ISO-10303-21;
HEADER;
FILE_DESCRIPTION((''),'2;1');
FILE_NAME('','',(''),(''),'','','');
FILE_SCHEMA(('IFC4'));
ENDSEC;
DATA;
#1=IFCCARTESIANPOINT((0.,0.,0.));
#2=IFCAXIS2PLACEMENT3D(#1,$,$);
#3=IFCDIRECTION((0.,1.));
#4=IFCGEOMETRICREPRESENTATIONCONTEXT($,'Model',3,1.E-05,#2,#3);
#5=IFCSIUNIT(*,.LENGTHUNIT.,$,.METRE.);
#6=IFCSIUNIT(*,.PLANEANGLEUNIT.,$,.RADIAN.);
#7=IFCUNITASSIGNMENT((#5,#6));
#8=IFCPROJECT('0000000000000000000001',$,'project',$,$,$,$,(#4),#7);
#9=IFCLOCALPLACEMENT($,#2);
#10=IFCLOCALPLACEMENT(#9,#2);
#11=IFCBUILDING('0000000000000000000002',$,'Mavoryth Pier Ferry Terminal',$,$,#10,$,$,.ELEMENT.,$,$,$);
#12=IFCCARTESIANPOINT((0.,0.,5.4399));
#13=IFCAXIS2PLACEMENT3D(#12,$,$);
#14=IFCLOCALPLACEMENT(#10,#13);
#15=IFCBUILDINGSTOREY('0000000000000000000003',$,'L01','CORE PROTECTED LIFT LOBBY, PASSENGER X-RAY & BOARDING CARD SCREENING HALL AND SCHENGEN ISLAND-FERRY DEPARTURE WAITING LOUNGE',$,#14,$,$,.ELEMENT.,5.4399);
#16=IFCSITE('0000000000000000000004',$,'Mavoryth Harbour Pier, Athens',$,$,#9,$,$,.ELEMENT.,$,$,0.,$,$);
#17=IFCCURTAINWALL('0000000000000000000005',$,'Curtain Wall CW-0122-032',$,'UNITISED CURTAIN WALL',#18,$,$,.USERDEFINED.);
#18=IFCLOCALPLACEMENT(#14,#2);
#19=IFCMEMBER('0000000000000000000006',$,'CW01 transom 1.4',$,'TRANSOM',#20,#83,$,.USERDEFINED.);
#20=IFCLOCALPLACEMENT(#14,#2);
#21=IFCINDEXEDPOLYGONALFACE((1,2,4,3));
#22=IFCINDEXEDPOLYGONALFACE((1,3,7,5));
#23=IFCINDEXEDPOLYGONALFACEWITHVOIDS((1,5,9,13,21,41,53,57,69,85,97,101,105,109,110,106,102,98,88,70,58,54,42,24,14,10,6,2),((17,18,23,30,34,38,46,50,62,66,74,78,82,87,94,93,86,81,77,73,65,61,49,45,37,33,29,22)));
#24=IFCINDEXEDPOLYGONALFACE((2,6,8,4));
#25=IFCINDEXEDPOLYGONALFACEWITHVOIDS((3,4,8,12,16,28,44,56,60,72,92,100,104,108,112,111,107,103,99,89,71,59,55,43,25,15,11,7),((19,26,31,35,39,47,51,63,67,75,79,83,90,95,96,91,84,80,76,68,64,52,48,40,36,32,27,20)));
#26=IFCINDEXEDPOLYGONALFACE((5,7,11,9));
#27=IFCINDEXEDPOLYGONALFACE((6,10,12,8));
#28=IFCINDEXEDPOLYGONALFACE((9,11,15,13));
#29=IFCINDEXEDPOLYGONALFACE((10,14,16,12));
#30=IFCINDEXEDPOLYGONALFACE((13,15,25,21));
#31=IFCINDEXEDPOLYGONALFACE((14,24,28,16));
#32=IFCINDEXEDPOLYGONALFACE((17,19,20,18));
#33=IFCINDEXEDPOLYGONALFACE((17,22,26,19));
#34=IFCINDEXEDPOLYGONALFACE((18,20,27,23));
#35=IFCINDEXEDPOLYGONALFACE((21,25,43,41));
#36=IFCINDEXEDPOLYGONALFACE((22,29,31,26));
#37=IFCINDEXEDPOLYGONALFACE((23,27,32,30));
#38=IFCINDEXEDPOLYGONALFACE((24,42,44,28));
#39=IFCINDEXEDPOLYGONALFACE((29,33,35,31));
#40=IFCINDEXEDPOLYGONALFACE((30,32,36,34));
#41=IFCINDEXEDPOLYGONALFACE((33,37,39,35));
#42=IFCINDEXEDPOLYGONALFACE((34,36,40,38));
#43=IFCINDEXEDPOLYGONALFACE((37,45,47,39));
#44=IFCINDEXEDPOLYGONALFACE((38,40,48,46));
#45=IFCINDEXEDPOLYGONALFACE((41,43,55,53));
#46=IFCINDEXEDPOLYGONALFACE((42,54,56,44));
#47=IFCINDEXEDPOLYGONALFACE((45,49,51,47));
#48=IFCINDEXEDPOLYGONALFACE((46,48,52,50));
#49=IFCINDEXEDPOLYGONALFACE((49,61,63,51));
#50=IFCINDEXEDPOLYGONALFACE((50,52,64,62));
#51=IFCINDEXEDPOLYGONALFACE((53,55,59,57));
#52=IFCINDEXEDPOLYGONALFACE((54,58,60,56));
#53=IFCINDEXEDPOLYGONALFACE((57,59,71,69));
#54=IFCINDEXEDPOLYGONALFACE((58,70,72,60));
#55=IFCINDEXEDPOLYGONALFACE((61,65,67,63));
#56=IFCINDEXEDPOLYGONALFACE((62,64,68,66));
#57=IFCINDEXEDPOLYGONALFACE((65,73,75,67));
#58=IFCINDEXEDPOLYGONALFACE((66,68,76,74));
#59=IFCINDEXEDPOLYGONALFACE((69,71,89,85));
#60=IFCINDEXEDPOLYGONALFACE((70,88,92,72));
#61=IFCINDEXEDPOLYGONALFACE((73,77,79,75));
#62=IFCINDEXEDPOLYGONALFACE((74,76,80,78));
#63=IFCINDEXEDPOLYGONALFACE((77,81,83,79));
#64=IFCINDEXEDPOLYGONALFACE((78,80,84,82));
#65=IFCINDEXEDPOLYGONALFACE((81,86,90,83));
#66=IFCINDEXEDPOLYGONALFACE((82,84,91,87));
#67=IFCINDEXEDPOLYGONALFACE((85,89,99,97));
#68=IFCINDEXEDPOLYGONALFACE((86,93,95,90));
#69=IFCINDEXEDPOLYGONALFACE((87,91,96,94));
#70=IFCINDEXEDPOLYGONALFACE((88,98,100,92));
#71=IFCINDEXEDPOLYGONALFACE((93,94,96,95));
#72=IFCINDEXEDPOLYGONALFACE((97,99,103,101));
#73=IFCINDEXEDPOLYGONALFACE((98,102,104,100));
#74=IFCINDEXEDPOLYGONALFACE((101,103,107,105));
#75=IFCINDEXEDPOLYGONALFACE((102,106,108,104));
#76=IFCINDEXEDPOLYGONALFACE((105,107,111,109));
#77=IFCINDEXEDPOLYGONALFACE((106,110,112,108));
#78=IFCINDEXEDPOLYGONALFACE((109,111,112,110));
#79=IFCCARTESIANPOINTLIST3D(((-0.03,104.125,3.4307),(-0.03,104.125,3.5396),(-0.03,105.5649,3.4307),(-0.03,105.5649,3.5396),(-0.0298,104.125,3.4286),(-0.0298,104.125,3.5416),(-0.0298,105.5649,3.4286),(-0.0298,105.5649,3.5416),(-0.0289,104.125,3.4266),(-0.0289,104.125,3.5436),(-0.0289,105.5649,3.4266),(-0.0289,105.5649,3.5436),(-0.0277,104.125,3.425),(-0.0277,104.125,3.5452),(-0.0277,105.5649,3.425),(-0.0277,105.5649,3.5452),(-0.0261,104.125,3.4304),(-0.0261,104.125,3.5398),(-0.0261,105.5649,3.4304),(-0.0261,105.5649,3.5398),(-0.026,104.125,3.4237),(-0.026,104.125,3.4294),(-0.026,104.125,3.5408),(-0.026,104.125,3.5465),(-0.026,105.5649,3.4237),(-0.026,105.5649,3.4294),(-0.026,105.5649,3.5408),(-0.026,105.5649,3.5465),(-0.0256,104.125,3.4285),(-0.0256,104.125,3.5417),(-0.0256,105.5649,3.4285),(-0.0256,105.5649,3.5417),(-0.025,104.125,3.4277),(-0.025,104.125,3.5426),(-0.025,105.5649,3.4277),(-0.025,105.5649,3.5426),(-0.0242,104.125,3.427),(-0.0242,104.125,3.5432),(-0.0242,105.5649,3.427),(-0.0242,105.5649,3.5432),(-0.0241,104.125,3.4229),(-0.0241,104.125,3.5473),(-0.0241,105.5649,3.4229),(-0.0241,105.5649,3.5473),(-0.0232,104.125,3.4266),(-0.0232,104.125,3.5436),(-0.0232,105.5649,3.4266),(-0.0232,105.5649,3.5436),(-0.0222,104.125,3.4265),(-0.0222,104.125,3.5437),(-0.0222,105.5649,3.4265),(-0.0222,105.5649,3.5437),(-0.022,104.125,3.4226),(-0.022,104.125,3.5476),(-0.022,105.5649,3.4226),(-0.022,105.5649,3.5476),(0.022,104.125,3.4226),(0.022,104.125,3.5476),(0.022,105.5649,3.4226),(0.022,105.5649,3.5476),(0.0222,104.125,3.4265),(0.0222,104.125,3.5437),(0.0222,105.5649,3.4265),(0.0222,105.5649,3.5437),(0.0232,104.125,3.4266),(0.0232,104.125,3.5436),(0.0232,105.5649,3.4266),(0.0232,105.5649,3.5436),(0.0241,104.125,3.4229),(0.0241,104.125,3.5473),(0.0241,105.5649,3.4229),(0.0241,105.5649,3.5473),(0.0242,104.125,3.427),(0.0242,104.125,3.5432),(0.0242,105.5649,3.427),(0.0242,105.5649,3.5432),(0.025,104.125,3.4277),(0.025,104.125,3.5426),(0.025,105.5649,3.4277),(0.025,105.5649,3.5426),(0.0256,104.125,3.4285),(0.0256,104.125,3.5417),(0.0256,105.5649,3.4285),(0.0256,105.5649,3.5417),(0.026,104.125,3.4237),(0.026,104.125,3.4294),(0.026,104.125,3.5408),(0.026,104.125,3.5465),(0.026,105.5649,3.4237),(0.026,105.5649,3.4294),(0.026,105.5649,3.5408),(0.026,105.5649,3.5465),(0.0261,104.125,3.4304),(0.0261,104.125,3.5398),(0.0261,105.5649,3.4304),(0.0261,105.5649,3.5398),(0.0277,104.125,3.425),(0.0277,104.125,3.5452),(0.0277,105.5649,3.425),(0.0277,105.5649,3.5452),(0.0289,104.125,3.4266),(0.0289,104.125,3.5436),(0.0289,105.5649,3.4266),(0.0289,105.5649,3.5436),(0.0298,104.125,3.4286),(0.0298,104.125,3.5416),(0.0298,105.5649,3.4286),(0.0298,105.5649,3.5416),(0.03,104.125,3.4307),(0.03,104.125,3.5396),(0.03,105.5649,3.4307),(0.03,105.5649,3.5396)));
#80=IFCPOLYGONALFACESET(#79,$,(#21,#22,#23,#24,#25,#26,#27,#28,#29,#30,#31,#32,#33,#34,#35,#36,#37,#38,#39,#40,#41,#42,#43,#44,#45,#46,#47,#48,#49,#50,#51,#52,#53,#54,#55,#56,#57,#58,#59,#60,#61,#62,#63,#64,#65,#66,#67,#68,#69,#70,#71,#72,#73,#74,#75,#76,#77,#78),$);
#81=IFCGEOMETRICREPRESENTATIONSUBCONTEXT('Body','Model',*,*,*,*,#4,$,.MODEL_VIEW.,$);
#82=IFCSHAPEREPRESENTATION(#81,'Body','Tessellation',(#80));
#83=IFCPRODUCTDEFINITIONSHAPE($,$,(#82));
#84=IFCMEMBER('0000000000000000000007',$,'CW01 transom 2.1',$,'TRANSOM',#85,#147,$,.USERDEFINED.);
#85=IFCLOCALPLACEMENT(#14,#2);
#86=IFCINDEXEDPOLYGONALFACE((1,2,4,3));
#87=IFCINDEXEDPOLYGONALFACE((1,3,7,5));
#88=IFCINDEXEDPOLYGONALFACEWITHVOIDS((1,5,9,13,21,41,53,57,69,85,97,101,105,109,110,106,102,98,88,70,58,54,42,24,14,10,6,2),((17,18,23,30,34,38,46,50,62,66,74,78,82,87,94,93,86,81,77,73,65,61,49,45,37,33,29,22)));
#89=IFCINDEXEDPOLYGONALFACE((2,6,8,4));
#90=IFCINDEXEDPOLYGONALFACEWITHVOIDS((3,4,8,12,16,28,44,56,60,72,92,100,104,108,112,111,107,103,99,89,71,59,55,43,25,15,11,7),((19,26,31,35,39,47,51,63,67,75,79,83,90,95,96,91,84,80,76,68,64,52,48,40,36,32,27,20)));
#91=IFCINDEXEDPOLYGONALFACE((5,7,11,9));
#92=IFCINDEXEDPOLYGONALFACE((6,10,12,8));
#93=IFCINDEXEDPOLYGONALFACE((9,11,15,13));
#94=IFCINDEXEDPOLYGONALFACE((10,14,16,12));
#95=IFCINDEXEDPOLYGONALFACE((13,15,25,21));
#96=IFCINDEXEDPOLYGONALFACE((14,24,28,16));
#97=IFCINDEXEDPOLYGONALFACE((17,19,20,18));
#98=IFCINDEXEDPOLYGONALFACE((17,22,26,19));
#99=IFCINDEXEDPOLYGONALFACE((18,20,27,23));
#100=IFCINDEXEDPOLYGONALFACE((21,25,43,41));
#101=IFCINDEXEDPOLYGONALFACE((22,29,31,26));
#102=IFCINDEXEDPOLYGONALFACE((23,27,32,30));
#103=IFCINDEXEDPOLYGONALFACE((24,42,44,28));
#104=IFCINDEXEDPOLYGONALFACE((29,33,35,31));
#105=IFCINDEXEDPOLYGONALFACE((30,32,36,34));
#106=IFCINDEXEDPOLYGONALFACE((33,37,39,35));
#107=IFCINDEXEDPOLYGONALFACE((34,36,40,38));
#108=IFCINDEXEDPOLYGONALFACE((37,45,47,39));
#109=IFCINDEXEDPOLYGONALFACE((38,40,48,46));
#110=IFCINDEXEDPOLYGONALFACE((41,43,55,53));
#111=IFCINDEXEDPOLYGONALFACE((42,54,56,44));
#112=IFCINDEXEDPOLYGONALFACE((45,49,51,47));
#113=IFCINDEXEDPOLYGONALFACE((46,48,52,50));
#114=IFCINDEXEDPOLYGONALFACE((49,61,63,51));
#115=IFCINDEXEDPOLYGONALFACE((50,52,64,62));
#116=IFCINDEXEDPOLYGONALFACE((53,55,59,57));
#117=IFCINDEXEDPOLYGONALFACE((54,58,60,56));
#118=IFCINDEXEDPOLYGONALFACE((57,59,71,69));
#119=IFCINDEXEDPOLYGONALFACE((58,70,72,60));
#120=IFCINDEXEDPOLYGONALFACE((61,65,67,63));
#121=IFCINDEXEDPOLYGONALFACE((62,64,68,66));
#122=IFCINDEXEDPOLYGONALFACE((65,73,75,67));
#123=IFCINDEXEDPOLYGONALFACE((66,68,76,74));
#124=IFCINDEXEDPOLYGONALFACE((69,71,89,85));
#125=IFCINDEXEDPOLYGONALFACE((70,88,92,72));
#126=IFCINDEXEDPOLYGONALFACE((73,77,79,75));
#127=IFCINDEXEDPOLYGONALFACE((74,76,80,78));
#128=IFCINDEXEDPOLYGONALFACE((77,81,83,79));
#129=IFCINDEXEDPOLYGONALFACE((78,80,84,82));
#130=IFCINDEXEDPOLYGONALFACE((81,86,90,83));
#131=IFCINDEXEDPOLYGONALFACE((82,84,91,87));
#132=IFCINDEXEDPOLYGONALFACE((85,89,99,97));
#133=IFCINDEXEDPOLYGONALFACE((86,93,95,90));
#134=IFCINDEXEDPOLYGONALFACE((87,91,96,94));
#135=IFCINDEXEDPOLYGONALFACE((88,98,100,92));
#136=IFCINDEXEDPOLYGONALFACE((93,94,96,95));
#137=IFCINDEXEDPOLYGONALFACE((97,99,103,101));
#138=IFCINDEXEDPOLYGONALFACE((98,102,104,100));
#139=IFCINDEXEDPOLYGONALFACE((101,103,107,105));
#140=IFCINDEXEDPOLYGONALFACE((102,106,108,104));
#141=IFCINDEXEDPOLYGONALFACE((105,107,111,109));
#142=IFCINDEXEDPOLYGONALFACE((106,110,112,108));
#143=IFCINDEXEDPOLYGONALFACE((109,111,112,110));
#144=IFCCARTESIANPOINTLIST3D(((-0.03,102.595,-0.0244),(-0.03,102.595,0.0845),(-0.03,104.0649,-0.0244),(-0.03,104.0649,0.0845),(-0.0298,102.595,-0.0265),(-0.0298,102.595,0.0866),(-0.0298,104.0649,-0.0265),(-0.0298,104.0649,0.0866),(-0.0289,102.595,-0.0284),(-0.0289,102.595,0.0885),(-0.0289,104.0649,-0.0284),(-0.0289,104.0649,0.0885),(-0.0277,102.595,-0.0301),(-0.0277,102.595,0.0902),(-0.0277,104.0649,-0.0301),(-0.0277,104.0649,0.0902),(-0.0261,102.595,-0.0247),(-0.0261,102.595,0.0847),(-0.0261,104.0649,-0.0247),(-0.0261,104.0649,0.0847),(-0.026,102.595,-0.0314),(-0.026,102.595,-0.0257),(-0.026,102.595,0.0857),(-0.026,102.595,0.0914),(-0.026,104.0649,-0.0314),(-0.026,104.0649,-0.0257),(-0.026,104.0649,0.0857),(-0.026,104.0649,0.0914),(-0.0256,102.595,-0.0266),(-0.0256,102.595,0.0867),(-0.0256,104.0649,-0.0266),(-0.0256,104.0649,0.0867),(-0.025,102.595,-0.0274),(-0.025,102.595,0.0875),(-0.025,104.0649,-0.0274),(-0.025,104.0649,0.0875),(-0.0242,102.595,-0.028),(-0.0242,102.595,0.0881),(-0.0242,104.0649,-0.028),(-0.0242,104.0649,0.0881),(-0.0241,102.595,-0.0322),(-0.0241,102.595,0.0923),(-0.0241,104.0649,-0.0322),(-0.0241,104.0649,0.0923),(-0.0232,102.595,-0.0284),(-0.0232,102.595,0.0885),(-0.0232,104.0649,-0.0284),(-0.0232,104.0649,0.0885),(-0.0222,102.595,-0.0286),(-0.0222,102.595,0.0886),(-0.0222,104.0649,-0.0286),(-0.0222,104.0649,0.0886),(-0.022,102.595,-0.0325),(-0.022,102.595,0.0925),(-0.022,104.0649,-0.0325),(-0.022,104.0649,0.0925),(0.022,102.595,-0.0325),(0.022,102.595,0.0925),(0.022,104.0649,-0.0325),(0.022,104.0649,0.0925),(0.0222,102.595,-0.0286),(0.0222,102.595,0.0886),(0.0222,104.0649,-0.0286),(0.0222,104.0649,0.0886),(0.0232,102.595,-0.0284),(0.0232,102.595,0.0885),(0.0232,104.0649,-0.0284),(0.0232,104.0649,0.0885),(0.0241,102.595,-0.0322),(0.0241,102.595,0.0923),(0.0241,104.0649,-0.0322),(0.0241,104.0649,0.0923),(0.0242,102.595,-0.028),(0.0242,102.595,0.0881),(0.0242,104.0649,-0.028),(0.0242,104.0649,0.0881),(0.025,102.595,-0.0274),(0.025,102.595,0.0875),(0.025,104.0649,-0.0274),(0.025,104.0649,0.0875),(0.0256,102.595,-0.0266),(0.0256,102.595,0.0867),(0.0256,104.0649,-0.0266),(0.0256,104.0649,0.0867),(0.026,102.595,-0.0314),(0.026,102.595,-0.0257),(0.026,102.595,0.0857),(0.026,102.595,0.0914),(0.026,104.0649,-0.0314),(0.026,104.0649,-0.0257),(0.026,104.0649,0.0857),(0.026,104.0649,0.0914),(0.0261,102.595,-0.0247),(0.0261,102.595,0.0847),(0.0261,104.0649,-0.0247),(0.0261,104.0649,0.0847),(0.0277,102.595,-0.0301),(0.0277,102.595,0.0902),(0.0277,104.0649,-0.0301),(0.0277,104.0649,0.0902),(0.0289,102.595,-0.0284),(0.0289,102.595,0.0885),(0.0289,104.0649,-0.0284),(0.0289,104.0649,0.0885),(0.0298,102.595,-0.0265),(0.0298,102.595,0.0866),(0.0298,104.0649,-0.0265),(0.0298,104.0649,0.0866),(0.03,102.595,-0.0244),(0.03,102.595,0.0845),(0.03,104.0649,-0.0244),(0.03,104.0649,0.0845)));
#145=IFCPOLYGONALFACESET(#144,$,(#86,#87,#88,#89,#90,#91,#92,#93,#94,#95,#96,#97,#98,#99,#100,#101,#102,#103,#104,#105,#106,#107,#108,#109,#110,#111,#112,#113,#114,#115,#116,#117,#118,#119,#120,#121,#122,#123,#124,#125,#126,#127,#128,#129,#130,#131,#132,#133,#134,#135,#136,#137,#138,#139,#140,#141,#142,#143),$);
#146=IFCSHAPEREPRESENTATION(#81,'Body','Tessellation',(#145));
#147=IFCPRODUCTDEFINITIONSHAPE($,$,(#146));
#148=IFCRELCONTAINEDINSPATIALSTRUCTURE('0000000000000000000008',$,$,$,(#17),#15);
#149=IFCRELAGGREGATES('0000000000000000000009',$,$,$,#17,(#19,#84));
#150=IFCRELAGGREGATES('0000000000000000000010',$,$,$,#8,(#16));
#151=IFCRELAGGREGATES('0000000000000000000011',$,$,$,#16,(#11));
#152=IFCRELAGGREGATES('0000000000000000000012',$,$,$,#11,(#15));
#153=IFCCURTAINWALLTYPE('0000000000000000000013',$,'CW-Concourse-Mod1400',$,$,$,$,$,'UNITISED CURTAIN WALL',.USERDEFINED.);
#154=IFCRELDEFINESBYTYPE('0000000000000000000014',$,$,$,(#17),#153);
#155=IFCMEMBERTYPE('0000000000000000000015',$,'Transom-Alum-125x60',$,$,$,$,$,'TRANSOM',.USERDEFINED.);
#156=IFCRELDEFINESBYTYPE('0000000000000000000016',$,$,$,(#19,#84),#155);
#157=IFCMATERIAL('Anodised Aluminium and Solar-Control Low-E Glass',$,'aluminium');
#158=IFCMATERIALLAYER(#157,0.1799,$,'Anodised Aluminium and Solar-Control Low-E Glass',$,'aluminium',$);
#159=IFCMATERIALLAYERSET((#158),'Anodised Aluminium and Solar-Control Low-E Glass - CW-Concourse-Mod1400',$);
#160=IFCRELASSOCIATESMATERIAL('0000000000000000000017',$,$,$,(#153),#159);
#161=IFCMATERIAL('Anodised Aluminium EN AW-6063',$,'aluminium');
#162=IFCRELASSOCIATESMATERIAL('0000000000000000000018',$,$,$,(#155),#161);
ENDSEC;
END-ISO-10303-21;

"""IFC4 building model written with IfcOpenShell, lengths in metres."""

from ifc_helpers import new_model, si_unit, direction, frame, origin, origin_2d, place, context, subcontext, project, spatial, hollow_rectangle, extrude, material, layer, layer_set, material_profile, profile_set, type_object, element, aggregate, save


model = new_model("IFC4")

# Units and contexts
model_context = context("Model", 3, precision=1e-05, world=origin(), true_north=direction((0.0, 1.0)))
body_context = subcontext(model_context, "Body", "Model", "MODEL_VIEW")
ifc_project = project(units=[si_unit("LENGTHUNIT", "METRE"), si_unit("PLANEANGLEUNIT", "RADIAN")], contexts=[model_context])

# Site, building, storey
site_placement = place(None, origin())
site = spatial("IfcSite", under=ifc_project, at=site_placement, Name="Mavoryth Harbour Pier, Athens", CompositionType="ELEMENT", RefElevation=0.0)
building_placement = place(site_placement, origin())
building = spatial("IfcBuilding", under=site, at=building_placement, Name="Mavoryth Pier Ferry Terminal", CompositionType="ELEMENT")
storey_placement = place(building_placement, frame((0.0, 0.0, 5.4399)))
storey = spatial("IfcBuildingStorey", under=building, at=storey_placement, Name="L01", Description="CORE PROTECTED LIFT LOBBY, PASSENGER X-RAY & BOARDING CARD SCREENING HALL AND SCHENGEN ISLAND-FERRY DEPARTURE WAITING LOUNGE", CompositionType="ELEMENT", Elevation=5.4399)

# Curtain wall
ifc_material_1 = material(Name="Anodised Aluminium and Solar-Control Low-E Glass", Category="aluminium")
ifc_layer_1 = layer(ifc_material_1, 0.1799, Name="Anodised Aluminium and Solar-Control Low-E Glass", Category="aluminium")
ifc_layer_set_1 = layer_set([ifc_layer_1], Name="Anodised Aluminium and Solar-Control Low-E Glass - CW-Concourse-Mod1400")
curtain_wall_type_1 = type_object("IfcCurtainWallType", Name="CW-Concourse-Mod1400", ElementType="UNITISED CURTAIN WALL", PredefinedType="USERDEFINED", material=ifc_layer_set_1)
curtain_wall_1_placement = place(storey_placement, origin())
curtain_wall_1 = element("IfcCurtainWall", 1, at=curtain_wall_1_placement, inside=storey, type_object=curtain_wall_type_1, Name="Curtain Wall CW-0122-032", ObjectType="UNITISED CURTAIN WALL", PredefinedType="USERDEFINED")
ifc_material_2 = material(Name="Anodised Aluminium EN AW-6063", Category="aluminium")

# Members
ifc_material_profile_1 = material_profile(ifc_material_2, hollow_rectangle(XDim=0.0601, YDim=0.125, WallThickness=0.0039, InnerFilletRadius=0.0039, OuterFilletRadius=0.0081, at=origin_2d()), Name="AL-TRAN 125x60x4", Category="aluminium")
ifc_profile_set_1 = profile_set([ifc_material_profile_1], Name="Anodised Aluminium EN AW-6063 - AL-TRAN 125x60x4")
member_type_1 = type_object("IfcMemberType", Name="Transom-Alum-125x60", ElementType="TRANSOM", PredefinedType="USERDEFINED", material=ifc_profile_set_1)
member_1_placement = place(storey_placement, frame((0.0, 105.5649, 3.4851), z_axis=(0.0, -1.0, 0.0), x_axis=(1.0, 0.0, 0.0)))
member_1 = element("IfcMember", 2, at=member_1_placement, type_object=member_type_1, Name="CW01 transom 1.4", ObjectType="TRANSOM", PredefinedType="USERDEFINED", context=body_context, shape_type="SweptSolid", body=[
    extrude(hollow_rectangle(XDim=0.0601, YDim=0.125, WallThickness=0.0039, InnerFilletRadius=0.0039, OuterFilletRadius=0.0081, at=origin_2d()), origin(), (0.0, 0.0, 1.0), 1.4399),
])
member_2_placement = place(storey_placement, frame((0.0, 104.0649, 0.03), z_axis=(0.0, -1.0, 0.0), x_axis=(1.0, 0.0, 0.0)))
member_2 = element("IfcMember", 3, at=member_2_placement, type_object=member_type_1, Name="CW01 transom 2.1", ObjectType="TRANSOM", PredefinedType="USERDEFINED", context=body_context, shape_type="SweptSolid", body=[
    extrude(hollow_rectangle(XDim=0.0601, YDim=0.125, WallThickness=0.0039, InnerFilletRadius=0.0039, OuterFilletRadius=0.0081, at=origin_2d()), origin(), (0.0, 0.0, 1.0), 1.47),
])

aggregate(curtain_wall_1, [member_1, member_2])

save(model, "model.ifc")
